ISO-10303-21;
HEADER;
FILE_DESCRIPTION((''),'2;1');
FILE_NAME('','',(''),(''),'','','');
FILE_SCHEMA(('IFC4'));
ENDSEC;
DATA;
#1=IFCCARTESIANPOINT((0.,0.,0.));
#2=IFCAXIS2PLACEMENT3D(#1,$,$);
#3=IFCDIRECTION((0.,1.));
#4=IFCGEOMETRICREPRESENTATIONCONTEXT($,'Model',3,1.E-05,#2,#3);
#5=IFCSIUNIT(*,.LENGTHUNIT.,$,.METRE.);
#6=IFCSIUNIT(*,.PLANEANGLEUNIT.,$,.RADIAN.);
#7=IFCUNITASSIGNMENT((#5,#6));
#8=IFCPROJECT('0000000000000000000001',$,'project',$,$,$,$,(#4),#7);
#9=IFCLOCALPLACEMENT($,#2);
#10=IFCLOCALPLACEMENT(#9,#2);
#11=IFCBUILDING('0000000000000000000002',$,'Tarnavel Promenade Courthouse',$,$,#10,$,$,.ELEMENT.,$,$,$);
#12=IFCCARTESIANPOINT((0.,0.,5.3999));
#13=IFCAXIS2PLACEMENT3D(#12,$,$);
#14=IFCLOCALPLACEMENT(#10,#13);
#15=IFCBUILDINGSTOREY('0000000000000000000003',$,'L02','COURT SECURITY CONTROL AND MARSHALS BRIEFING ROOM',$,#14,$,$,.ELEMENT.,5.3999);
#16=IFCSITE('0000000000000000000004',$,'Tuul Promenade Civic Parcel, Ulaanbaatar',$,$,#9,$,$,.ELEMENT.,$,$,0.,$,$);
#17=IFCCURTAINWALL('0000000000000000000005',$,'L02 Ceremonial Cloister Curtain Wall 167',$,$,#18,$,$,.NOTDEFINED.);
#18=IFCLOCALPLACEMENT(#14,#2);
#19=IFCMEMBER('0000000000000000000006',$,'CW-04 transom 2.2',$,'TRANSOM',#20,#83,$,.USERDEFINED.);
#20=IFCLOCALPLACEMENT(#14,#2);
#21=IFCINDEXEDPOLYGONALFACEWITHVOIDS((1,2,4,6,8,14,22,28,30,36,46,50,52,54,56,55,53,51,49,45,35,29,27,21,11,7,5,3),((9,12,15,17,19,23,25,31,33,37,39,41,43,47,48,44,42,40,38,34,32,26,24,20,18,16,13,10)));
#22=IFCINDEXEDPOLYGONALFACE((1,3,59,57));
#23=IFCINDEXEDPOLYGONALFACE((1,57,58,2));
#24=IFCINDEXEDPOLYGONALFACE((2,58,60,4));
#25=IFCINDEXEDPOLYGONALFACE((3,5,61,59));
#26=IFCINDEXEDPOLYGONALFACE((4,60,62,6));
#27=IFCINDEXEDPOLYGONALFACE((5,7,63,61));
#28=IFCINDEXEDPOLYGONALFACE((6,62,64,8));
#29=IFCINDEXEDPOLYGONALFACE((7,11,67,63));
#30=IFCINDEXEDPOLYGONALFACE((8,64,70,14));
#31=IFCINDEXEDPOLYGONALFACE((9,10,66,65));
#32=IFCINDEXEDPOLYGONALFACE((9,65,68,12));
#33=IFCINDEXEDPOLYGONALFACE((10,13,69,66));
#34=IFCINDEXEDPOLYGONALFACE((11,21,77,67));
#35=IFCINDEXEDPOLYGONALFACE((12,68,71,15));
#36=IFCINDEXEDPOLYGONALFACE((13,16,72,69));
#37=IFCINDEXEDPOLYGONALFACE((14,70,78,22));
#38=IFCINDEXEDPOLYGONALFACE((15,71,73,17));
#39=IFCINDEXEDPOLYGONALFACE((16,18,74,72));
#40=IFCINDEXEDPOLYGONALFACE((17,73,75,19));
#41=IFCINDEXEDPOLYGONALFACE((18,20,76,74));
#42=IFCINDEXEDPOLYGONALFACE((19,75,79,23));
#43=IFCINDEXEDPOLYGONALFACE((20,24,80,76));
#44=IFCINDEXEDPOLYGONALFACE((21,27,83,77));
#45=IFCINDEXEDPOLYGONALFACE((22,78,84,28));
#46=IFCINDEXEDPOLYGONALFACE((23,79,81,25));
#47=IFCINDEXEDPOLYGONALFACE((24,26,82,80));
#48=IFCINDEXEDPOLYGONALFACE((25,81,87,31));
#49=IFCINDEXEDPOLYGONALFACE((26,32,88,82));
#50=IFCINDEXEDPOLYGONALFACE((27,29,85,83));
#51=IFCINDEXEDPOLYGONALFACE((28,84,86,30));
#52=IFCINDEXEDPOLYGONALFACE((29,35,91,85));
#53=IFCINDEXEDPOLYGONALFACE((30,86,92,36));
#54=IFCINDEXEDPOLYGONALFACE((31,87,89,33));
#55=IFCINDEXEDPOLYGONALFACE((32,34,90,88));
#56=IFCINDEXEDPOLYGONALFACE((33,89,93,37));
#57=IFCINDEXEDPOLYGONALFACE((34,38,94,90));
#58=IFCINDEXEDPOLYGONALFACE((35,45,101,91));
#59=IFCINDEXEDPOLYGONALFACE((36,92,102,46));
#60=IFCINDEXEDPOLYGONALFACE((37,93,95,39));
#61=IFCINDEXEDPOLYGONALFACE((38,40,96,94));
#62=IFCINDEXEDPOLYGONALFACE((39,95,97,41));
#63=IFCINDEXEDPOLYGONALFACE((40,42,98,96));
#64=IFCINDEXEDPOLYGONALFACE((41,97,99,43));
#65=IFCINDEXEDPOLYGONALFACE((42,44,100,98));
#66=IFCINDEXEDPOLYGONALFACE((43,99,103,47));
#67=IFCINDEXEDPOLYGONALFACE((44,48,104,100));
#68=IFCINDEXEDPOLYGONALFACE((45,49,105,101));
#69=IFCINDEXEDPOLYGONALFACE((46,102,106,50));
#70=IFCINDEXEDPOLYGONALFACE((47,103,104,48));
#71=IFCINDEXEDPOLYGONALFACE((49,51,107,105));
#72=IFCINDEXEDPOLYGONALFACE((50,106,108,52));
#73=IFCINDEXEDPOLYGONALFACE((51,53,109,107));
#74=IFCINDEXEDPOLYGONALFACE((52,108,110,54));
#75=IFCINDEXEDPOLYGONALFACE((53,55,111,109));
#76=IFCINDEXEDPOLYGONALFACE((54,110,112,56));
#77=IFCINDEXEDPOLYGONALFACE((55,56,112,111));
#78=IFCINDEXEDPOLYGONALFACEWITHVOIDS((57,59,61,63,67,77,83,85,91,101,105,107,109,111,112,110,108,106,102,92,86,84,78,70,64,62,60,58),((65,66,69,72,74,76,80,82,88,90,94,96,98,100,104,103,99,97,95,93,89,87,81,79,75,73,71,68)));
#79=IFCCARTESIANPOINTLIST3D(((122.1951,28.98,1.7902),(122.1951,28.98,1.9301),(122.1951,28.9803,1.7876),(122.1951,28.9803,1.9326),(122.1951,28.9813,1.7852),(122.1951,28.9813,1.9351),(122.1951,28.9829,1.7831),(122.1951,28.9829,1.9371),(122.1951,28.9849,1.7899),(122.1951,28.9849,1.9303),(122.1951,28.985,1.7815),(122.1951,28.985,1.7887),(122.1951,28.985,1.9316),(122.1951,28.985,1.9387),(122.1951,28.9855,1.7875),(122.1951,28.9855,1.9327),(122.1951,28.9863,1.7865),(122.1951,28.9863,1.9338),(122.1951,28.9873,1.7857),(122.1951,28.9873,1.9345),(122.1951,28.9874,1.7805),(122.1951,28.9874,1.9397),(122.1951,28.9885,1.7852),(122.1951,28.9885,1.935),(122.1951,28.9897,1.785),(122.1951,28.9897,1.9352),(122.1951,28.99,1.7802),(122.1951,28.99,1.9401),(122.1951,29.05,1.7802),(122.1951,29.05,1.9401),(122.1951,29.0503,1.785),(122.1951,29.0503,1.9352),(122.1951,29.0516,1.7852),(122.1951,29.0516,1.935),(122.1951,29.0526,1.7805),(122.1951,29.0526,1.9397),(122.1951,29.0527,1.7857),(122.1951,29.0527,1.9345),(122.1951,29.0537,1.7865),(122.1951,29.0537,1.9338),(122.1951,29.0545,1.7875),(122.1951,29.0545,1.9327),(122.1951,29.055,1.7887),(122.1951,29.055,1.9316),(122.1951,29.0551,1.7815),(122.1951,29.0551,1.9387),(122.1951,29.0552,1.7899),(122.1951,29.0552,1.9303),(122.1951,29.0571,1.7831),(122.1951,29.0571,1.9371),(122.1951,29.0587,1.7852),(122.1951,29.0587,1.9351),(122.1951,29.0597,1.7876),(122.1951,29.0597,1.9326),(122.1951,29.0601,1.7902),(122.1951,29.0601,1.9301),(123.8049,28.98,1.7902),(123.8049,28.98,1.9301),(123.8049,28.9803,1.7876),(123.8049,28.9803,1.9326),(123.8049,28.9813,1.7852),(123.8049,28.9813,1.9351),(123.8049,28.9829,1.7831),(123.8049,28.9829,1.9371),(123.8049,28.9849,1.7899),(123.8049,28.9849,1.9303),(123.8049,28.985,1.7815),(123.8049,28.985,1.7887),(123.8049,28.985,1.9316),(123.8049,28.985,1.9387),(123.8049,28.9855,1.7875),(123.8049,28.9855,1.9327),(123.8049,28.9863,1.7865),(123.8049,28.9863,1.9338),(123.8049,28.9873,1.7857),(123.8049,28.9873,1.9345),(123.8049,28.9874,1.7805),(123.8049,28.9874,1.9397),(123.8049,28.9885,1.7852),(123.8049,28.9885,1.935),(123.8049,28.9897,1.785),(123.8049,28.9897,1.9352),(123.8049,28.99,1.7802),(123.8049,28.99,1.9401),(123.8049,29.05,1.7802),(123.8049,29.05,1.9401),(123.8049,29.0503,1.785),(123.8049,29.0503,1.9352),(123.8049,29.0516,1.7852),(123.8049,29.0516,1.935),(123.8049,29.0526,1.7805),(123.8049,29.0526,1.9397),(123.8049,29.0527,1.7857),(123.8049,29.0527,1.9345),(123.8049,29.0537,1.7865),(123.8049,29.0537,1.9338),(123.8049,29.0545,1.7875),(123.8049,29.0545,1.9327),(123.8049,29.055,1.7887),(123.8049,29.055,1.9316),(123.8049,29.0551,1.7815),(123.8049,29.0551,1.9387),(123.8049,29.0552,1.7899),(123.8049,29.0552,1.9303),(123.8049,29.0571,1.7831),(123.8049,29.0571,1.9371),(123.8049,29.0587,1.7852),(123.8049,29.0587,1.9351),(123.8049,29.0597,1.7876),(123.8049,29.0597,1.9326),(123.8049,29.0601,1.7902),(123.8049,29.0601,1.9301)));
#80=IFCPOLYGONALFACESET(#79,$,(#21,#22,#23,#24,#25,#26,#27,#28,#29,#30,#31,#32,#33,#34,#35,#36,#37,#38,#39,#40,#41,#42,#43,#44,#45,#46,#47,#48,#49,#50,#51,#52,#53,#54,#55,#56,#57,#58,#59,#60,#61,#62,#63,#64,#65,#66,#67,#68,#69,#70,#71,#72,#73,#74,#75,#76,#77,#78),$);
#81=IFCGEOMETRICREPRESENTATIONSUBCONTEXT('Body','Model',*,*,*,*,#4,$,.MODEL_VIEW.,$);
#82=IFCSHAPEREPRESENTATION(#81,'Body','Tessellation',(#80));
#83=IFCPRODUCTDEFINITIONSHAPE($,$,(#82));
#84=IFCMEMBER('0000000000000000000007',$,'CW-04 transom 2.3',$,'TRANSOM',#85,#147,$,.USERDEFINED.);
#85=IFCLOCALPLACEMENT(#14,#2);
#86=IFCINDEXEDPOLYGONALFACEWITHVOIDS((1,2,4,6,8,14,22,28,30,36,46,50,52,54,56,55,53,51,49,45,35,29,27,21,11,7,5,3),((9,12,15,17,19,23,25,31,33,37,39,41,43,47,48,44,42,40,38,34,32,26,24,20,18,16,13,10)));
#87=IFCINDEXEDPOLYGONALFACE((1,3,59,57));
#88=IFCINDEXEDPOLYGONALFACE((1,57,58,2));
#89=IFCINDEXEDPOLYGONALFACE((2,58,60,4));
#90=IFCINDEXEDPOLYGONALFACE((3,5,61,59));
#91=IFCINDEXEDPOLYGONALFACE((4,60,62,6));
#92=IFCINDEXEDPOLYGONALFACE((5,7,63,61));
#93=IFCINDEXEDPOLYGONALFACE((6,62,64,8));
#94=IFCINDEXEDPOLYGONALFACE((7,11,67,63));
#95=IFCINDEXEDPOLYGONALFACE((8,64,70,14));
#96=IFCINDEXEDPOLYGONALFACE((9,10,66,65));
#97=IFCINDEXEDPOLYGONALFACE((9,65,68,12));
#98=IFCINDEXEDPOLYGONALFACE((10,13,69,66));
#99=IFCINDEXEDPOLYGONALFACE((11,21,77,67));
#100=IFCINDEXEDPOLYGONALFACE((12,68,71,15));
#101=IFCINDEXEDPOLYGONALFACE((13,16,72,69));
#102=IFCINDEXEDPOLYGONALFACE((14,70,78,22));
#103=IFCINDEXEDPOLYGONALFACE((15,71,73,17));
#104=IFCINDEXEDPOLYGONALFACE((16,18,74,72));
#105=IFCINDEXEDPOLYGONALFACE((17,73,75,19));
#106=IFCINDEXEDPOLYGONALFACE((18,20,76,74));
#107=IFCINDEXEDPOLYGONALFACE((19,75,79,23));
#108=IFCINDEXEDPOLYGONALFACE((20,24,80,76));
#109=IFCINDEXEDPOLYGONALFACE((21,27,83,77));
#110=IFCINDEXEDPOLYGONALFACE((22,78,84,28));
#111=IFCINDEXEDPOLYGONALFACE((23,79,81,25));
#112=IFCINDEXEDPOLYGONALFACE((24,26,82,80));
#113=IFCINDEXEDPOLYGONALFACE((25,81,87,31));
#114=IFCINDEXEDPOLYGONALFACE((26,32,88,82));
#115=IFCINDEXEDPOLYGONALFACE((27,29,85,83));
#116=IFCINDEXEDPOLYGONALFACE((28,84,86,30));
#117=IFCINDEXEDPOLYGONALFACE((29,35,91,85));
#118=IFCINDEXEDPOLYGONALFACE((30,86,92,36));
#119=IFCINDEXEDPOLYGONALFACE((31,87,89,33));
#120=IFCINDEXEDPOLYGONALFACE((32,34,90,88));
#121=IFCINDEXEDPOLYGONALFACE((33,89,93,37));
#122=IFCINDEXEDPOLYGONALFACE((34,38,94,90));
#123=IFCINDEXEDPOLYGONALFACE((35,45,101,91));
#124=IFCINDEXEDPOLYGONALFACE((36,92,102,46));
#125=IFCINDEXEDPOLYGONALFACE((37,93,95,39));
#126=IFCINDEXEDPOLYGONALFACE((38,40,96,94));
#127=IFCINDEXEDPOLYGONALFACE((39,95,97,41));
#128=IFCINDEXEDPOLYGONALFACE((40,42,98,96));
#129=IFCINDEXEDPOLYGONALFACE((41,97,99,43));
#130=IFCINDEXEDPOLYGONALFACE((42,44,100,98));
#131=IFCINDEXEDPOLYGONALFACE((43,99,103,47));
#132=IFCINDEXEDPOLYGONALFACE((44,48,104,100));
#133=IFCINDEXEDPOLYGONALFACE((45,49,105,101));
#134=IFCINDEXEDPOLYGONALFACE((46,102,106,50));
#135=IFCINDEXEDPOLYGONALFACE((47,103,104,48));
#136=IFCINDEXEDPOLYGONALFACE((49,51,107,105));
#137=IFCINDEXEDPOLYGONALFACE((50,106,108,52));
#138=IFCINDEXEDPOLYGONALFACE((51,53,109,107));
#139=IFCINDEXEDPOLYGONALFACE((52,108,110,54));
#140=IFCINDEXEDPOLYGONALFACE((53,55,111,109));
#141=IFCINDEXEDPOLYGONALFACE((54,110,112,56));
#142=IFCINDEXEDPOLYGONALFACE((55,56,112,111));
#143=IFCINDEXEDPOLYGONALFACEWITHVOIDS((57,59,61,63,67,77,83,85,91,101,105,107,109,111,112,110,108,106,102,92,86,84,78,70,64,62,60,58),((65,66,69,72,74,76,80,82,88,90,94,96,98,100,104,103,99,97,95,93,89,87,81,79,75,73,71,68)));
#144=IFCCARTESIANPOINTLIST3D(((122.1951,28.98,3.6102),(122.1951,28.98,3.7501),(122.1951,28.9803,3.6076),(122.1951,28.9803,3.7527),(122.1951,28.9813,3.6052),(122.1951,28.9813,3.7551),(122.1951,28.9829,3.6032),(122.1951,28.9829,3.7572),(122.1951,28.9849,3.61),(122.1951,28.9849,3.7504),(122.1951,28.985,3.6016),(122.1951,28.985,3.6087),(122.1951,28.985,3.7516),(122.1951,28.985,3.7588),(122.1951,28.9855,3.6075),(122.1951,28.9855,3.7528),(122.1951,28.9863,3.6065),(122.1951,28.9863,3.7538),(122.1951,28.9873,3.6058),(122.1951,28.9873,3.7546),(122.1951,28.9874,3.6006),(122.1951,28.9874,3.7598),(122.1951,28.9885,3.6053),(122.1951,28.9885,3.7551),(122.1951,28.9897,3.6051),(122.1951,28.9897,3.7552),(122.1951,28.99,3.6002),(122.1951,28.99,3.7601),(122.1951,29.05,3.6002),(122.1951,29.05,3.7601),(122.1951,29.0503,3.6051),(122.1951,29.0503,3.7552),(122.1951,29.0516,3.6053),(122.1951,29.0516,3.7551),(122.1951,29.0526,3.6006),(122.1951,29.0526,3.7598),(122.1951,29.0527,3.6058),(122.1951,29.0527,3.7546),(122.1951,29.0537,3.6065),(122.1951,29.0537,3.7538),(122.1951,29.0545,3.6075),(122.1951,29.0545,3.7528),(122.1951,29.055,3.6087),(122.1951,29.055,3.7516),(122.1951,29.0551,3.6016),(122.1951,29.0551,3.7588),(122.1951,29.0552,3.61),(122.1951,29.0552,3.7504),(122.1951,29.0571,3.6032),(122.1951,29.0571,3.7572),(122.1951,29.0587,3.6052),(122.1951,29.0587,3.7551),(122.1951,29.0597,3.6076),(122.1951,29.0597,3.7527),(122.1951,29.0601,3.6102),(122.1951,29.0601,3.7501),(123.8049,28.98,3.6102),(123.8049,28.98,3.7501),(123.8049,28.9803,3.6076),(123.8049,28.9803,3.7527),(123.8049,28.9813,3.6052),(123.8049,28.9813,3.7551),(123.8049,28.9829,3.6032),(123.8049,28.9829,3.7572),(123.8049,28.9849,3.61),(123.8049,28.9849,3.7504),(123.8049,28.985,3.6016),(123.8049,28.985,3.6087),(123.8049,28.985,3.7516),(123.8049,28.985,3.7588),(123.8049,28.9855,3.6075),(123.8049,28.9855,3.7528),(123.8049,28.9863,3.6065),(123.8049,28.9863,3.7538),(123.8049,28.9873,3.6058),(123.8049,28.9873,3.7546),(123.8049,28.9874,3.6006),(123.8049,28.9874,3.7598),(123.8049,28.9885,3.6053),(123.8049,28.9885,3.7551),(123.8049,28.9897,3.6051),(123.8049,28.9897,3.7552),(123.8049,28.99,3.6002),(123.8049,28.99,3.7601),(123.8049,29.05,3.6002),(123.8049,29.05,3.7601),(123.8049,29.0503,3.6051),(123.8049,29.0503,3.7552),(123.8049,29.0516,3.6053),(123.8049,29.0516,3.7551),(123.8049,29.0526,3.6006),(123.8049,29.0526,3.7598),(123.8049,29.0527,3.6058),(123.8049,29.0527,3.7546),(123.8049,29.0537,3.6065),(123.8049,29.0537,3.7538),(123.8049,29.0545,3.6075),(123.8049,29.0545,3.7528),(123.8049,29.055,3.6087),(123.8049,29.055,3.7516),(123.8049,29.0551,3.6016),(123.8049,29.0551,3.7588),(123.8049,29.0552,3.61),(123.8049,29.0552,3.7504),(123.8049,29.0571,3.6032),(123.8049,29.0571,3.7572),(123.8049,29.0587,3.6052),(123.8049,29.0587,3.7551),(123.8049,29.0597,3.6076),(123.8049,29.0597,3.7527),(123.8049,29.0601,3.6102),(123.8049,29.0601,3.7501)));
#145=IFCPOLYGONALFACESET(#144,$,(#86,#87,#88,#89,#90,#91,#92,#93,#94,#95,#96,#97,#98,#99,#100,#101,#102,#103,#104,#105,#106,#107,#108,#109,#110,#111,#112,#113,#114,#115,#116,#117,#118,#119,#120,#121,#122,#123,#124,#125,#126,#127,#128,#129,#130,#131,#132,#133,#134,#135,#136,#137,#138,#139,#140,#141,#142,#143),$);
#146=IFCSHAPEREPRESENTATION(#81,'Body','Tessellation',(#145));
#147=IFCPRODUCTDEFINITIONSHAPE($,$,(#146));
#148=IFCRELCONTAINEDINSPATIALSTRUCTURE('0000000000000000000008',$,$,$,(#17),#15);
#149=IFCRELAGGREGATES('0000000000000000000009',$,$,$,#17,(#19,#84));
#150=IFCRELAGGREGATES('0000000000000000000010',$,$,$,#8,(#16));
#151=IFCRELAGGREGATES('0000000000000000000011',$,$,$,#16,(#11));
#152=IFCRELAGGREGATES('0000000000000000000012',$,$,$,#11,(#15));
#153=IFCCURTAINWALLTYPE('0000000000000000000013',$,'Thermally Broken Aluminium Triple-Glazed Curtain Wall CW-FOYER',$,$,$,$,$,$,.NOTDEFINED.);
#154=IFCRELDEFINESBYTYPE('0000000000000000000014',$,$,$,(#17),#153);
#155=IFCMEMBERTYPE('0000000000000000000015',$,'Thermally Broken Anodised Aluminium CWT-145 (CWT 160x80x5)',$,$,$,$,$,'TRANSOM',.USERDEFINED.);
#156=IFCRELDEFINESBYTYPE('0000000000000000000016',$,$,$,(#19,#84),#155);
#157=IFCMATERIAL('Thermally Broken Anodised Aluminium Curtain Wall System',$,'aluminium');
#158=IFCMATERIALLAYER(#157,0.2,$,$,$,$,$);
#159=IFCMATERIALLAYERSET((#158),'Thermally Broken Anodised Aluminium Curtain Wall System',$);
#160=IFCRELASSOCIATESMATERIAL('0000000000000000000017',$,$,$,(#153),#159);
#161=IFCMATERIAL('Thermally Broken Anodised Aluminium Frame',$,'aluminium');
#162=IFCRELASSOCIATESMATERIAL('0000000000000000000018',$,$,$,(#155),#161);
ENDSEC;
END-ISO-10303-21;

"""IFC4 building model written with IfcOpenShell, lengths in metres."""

from ifc_helpers import new_model, si_unit, direction, frame, origin, origin_2d, place, context, subcontext, project, spatial, hollow_rectangle, extrude, material, layer, layer_set, material_profile, profile_set, type_object, element, aggregate, save


model = new_model("IFC4")

# Units and contexts
model_context = context("Model", 3, precision=1e-05, world=origin(), true_north=direction((0.0, 1.0)))
body_context = subcontext(model_context, "Body", "Model", "MODEL_VIEW")
ifc_project = project(units=[si_unit("LENGTHUNIT", "METRE"), si_unit("PLANEANGLEUNIT", "RADIAN")], contexts=[model_context])

# Site, building, storey
site_placement = place(None, origin())
site = spatial("IfcSite", under=ifc_project, at=site_placement, Name="Tuul Promenade Civic Parcel, Ulaanbaatar", CompositionType="ELEMENT", RefElevation=0.0)
building_placement = place(site_placement, origin())
building = spatial("IfcBuilding", under=site, at=building_placement, Name="Tarnavel Promenade Courthouse", CompositionType="ELEMENT")
storey_placement = place(building_placement, frame((0.0, 0.0, 5.3999)))
storey = spatial("IfcBuildingStorey", under=building, at=storey_placement, Name="L02", Description="COURT SECURITY CONTROL AND MARSHALS BRIEFING ROOM", CompositionType="ELEMENT", Elevation=5.3999)

# Curtain wall
ifc_material_1 = material(Name="Thermally Broken Anodised Aluminium Curtain Wall System", Category="aluminium")
ifc_layer_1 = layer(ifc_material_1, 0.2)
ifc_layer_set_1 = layer_set([ifc_layer_1], Name="Thermally Broken Anodised Aluminium Curtain Wall System")
curtain_wall_type = type_object("IfcCurtainWallType", Name="Thermally Broken Aluminium Triple-Glazed Curtain Wall CW-FOYER", PredefinedType="NOTDEFINED", material=ifc_layer_set_1)
curtain_wall_1_placement = place(storey_placement, origin())
curtain_wall_1 = element("IfcCurtainWall", 1, at=curtain_wall_1_placement, inside=storey, type_object=curtain_wall_type, Name="L02 Ceremonial Cloister Curtain Wall 167", PredefinedType="NOTDEFINED")
ifc_material_2 = material(Name="Thermally Broken Anodised Aluminium Frame", Category="aluminium")

# Members
ifc_material_profile_1 = material_profile(ifc_material_2, hollow_rectangle(XDim=0.0801, YDim=0.1599, WallThickness=0.0049, InnerFilletRadius=0.0049, OuterFilletRadius=0.01, at=origin_2d()), Name="CWT 160x80x5")
ifc_profile_set_1 = profile_set([ifc_material_profile_1], Name="Thermally Broken Anodised Aluminium Frame")
member_type_1 = type_object("IfcMemberType", Name="Thermally Broken Anodised Aluminium CWT-145 (CWT 160x80x5)", ElementType="TRANSOM", PredefinedType="USERDEFINED", material=ifc_profile_set_1)
member_1_placement = place(storey_placement, frame((122.1951, 29.02, 1.8601), z_axis=(1.0, 0.0, 0.0), x_axis=(0.0, 1.0, 0.0)))
member_1 = element("IfcMember", 2, at=member_1_placement, type_object=member_type_1, Name="CW-04 transom 2.2", ObjectType="TRANSOM", PredefinedType="USERDEFINED", context=body_context, shape_type="SweptSolid", body=[
    extrude(hollow_rectangle(XDim=0.0801, YDim=0.1599, WallThickness=0.0049, InnerFilletRadius=0.0049, OuterFilletRadius=0.01, at=origin_2d()), origin(), (0.0, 0.0, 1.0), 1.6099),
])
member_2_placement = place(storey_placement, frame((122.1951, 29.02, 3.6802), z_axis=(1.0, 0.0, 0.0), x_axis=(0.0, 1.0, 0.0)))
member_2 = element("IfcMember", 3, at=member_2_placement, type_object=member_type_1, Name="CW-04 transom 2.3", ObjectType="TRANSOM", PredefinedType="USERDEFINED", context=body_context, shape_type="SweptSolid", body=[
    extrude(hollow_rectangle(XDim=0.0801, YDim=0.1599, WallThickness=0.0049, InnerFilletRadius=0.0049, OuterFilletRadius=0.01, at=origin_2d()), origin(), (0.0, 0.0, 1.0), 1.6099),
])

aggregate(curtain_wall_1, [member_1, member_2])

save(model, "model.ifc")
